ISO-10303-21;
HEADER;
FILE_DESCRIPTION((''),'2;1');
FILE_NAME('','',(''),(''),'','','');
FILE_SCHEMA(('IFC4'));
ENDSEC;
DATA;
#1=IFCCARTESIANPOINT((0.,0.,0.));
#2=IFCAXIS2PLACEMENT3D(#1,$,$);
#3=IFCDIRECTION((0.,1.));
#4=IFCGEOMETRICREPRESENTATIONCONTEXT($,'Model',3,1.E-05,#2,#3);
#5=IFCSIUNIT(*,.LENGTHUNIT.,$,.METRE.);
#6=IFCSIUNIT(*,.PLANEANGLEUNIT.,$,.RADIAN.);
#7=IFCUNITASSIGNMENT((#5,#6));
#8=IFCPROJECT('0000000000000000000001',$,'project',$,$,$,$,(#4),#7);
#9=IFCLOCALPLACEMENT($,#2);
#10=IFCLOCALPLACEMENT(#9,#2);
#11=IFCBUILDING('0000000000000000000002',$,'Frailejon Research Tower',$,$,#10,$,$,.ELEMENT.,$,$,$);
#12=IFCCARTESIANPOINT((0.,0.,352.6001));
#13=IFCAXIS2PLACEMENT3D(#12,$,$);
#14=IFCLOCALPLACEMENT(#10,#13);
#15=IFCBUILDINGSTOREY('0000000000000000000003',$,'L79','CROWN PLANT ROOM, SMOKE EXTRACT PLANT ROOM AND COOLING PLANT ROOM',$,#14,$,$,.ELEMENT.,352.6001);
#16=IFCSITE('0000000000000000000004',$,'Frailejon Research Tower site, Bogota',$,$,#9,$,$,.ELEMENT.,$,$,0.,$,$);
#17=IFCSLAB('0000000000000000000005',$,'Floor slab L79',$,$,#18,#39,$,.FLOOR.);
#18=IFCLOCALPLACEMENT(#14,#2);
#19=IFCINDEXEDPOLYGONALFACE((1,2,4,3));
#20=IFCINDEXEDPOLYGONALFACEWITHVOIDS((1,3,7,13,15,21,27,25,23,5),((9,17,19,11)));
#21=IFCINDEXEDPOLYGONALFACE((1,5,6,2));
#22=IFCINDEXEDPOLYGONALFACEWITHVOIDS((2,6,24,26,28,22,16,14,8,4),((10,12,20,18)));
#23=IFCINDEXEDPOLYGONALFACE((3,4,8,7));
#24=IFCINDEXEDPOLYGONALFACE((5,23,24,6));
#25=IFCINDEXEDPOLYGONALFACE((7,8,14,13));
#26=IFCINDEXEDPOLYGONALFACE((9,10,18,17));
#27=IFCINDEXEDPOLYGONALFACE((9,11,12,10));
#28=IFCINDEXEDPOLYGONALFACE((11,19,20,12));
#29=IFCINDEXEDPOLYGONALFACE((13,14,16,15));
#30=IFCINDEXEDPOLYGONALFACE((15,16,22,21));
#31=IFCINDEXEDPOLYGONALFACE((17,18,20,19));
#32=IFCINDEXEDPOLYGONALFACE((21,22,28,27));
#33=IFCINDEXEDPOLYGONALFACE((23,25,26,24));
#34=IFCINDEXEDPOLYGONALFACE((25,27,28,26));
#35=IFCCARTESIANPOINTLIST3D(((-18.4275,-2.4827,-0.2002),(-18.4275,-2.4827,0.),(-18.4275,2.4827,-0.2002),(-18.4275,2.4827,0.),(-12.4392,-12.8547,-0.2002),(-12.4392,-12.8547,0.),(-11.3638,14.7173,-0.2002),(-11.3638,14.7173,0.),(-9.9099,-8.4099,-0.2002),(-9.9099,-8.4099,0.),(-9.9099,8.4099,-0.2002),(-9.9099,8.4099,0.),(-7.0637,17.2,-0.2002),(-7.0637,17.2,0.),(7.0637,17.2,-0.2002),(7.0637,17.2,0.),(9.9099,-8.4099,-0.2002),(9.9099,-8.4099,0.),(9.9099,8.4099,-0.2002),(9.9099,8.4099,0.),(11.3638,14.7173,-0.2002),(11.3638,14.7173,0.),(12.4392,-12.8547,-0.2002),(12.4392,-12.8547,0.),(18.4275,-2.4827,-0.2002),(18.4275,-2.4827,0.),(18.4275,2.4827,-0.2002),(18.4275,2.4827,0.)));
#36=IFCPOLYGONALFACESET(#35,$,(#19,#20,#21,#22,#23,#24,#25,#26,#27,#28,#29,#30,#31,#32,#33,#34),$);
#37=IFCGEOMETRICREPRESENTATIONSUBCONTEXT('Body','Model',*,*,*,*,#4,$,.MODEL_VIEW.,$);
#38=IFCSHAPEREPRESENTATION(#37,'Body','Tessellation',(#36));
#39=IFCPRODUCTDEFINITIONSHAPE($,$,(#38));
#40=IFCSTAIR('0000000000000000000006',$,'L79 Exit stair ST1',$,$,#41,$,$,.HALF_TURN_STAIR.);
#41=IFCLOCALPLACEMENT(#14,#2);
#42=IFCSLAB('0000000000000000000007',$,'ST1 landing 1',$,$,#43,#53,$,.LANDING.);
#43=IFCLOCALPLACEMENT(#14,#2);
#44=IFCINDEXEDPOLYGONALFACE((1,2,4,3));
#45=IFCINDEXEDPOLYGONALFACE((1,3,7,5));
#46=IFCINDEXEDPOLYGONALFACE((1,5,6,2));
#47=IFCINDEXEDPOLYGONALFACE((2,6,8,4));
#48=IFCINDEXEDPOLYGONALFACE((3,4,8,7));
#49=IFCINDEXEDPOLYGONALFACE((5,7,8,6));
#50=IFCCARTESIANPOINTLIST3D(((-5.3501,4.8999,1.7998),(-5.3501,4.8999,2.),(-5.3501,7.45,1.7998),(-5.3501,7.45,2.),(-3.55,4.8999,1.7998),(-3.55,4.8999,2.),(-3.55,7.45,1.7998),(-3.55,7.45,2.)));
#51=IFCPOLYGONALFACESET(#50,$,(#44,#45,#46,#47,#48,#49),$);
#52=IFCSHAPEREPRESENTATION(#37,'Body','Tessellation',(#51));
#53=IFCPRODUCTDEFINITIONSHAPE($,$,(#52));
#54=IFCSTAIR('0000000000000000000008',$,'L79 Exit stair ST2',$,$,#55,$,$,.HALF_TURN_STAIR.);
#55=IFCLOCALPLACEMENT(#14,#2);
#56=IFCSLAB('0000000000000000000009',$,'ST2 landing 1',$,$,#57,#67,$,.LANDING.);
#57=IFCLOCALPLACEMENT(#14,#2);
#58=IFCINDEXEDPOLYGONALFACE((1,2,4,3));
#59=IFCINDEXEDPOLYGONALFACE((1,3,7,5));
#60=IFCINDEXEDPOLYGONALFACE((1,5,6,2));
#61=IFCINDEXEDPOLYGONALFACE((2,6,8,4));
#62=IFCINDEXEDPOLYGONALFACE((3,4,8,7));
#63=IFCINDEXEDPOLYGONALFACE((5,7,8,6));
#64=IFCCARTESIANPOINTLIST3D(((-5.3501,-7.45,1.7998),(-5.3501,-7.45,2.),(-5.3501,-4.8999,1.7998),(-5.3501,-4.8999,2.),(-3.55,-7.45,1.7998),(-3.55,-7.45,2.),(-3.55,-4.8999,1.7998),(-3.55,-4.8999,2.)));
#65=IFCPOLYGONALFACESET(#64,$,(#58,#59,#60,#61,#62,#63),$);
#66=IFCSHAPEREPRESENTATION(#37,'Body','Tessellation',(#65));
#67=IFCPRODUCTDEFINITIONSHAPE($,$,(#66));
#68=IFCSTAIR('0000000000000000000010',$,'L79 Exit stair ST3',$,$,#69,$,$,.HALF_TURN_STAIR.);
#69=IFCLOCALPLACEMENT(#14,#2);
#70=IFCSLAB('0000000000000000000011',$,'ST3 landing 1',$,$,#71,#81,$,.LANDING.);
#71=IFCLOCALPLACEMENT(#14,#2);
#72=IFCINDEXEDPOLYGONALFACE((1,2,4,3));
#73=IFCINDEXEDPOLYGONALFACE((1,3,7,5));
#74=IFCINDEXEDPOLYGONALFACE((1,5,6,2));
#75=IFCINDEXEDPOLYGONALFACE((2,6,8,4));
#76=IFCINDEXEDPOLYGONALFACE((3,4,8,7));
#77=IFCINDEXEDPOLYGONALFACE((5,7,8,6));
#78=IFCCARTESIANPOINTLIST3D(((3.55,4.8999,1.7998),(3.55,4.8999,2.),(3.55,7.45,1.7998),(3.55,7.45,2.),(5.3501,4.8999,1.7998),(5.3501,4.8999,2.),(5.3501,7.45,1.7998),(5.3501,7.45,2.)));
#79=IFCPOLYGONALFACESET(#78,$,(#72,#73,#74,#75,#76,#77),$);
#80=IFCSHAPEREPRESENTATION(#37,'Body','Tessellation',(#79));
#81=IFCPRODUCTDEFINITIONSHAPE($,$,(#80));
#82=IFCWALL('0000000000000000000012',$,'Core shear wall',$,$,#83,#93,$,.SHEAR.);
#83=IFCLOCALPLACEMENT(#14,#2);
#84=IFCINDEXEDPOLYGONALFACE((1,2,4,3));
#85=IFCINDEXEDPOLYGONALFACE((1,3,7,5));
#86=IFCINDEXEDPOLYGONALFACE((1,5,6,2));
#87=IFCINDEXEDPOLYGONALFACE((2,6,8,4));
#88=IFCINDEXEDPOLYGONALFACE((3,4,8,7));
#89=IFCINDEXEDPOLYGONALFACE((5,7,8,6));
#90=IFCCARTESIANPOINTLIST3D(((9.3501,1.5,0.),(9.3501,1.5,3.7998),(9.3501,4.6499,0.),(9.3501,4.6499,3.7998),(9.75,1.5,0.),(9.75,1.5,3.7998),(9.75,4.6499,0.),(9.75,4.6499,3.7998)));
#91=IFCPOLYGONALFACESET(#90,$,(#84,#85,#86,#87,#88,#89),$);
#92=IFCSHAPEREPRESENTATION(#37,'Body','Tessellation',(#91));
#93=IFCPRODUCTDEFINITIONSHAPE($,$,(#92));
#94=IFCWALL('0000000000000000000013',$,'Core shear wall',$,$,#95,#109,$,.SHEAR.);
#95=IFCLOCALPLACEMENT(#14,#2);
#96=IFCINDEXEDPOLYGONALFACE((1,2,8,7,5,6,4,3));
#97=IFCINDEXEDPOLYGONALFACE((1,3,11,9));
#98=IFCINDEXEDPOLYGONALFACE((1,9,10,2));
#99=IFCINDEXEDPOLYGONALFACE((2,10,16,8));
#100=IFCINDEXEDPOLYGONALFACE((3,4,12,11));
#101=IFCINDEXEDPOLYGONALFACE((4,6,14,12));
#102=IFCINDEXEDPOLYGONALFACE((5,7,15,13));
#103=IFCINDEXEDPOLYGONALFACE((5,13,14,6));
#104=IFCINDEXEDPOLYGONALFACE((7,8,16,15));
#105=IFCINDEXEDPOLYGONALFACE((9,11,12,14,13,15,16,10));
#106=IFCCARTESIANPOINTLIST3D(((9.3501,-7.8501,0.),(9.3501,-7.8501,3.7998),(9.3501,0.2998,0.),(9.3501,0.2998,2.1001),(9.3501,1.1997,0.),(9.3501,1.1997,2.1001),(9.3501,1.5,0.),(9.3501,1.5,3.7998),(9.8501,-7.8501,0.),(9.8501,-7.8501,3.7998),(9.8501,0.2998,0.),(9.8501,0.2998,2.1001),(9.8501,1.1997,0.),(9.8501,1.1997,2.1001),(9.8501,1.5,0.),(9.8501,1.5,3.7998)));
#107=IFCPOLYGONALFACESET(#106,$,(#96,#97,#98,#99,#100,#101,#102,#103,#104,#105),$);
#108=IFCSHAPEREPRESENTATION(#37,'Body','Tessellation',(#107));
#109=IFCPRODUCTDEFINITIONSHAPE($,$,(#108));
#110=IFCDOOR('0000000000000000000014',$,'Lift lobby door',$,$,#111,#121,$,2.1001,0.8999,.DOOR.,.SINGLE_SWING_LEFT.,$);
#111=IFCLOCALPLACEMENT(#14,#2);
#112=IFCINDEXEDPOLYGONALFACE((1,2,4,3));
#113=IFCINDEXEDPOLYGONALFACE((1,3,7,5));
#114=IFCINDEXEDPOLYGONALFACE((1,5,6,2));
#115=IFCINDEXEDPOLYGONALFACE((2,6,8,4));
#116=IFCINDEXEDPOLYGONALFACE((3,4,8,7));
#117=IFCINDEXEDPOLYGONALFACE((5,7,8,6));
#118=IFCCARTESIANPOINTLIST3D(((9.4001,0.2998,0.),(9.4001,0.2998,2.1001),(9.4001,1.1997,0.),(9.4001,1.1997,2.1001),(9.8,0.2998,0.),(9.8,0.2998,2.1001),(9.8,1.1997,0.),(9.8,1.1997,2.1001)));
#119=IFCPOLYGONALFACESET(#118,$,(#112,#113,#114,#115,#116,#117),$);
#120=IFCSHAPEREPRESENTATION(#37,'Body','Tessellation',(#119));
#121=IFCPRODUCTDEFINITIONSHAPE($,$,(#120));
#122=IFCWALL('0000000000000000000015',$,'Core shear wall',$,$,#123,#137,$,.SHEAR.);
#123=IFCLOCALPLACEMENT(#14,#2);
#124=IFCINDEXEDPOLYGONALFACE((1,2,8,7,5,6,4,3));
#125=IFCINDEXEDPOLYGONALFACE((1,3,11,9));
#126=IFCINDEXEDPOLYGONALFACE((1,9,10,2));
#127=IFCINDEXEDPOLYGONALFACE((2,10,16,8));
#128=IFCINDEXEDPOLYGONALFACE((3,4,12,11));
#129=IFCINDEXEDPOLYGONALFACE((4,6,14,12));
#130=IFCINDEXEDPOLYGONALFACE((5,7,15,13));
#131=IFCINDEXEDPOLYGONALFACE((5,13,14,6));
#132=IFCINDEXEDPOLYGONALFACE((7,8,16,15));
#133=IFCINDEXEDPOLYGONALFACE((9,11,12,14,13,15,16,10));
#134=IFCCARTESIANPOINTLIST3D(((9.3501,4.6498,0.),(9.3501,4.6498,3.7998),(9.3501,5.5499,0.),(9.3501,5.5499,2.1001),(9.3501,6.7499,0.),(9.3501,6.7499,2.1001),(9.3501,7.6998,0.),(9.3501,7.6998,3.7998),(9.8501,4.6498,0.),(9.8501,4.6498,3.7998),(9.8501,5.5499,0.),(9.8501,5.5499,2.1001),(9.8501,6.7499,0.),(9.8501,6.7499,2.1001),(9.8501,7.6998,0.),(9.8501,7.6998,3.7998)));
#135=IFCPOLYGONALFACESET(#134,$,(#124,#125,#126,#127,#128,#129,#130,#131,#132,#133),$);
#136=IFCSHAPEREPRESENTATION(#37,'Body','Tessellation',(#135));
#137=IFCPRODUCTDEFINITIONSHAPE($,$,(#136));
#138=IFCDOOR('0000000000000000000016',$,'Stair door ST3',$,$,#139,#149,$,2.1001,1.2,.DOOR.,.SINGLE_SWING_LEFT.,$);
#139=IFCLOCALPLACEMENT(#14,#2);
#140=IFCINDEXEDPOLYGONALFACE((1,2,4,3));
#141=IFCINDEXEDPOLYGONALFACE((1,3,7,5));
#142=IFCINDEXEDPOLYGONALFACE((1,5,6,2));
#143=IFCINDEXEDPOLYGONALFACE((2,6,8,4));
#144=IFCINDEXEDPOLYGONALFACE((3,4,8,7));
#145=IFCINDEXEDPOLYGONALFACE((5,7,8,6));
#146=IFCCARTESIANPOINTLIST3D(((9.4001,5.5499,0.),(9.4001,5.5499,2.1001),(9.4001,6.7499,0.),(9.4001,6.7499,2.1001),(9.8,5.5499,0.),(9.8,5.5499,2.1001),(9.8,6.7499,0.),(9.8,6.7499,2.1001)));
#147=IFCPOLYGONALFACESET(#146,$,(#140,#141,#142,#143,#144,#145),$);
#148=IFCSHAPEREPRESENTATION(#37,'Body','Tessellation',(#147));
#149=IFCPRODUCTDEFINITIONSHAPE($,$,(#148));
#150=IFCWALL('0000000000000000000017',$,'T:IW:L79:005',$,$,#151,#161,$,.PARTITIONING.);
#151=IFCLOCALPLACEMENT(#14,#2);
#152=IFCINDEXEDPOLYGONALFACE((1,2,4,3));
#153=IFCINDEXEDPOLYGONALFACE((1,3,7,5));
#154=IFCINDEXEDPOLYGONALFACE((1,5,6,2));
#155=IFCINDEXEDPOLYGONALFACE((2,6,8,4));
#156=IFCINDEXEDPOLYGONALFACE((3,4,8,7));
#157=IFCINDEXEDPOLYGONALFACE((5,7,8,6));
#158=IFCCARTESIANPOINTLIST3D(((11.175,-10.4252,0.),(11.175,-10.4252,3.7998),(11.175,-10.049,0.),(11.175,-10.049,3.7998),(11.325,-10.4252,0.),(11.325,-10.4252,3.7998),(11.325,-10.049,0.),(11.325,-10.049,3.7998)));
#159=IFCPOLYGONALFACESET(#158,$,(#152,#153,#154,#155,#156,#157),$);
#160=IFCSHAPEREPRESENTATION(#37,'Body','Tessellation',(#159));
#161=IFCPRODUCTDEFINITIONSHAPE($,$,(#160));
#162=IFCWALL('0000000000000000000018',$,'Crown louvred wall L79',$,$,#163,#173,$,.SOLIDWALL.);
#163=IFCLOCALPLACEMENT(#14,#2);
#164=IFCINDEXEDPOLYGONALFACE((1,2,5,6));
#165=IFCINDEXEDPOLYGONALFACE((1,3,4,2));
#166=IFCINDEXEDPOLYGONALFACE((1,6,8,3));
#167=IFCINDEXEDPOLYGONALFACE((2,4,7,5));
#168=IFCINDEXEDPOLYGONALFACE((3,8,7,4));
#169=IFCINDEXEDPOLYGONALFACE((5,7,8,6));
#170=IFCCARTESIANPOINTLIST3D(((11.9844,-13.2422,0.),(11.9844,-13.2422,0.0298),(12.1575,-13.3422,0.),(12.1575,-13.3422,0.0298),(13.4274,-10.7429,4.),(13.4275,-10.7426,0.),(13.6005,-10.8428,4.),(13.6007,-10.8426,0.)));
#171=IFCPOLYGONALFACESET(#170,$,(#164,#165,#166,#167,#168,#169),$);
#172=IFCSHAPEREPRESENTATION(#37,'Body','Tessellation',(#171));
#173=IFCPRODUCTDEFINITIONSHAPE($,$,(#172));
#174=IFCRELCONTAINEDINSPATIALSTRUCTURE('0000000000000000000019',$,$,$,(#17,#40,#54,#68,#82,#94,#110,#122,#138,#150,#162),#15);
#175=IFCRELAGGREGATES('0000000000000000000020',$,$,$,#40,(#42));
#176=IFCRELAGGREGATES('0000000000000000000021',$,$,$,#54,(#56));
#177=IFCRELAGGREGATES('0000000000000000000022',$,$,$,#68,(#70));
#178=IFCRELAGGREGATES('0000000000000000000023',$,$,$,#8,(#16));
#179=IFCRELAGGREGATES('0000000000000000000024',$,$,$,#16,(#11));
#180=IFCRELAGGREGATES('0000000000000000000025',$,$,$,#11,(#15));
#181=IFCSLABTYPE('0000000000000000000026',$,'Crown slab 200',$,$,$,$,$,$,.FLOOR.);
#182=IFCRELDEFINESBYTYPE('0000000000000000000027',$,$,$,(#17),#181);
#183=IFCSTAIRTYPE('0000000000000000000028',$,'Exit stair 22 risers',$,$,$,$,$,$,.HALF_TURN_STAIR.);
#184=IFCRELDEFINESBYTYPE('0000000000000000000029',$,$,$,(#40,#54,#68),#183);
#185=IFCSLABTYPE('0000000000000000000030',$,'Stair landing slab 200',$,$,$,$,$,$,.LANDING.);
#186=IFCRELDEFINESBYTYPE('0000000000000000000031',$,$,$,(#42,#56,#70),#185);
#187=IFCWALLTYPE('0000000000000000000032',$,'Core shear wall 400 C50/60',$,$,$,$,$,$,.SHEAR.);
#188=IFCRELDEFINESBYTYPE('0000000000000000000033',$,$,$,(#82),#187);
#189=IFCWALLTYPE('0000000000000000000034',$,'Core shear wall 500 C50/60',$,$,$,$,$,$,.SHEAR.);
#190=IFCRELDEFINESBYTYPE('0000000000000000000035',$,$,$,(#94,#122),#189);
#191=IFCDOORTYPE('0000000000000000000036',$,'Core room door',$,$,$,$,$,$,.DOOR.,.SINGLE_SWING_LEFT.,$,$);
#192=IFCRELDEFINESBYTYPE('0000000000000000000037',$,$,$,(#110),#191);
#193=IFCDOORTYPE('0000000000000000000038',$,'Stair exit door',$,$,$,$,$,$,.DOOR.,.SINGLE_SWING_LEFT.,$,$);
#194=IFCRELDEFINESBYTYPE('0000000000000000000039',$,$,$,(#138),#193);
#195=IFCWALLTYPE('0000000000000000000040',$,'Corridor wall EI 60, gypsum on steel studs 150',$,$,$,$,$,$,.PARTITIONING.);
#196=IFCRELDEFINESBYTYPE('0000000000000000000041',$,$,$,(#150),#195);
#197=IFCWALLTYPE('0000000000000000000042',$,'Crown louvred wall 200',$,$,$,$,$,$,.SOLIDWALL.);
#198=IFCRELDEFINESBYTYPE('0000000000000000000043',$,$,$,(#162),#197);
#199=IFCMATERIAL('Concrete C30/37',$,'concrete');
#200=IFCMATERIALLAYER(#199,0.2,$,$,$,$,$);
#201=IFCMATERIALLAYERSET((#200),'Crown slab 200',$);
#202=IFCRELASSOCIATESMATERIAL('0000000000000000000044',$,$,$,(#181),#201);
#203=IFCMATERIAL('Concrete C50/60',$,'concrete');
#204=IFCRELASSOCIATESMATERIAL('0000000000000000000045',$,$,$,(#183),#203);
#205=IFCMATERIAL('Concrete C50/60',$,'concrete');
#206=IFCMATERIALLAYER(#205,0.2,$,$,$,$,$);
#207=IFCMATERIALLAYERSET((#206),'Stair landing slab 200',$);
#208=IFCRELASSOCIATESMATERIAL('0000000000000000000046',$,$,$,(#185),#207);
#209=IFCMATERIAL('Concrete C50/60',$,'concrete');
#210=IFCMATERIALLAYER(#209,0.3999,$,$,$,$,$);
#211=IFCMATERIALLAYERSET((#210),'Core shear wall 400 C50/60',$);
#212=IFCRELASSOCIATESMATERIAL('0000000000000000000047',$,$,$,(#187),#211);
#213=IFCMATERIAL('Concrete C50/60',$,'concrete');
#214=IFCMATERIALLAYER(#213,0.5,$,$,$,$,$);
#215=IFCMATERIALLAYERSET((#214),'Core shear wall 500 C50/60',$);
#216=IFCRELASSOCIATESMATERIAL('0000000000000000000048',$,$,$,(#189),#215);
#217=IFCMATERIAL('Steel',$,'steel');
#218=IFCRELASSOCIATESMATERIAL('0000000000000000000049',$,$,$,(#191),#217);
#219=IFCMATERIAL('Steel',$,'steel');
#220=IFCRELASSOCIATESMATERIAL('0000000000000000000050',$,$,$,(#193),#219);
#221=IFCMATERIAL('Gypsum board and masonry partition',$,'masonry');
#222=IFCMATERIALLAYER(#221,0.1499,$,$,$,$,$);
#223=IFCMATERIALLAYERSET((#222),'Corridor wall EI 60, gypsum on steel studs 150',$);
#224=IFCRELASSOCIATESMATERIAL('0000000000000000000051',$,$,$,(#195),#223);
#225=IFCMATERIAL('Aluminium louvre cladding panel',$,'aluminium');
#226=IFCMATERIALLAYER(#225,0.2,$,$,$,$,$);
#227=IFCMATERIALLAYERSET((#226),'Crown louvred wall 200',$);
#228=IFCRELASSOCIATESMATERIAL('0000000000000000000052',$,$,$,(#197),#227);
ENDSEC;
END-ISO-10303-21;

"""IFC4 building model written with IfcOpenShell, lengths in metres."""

from ifc_helpers import new_model, si_unit, direction, frame, frame_2d, origin, place, context, subcontext, project, spatial, polyline, rectangle, outline, extrude, material, layer, layer_set, type_object, element, fill, aggregate, save


model = new_model("IFC4")

# Units and contexts
model_context = context("Model", 3, precision=1e-05, world=origin(), true_north=direction((0.0, 1.0)))
body_context = subcontext(model_context, "Body", "Model", "MODEL_VIEW")
ifc_project = project(units=[si_unit("LENGTHUNIT", "METRE"), si_unit("PLANEANGLEUNIT", "RADIAN")], contexts=[model_context])

# Site, building, storey
site_placement = place(None, origin())
site = spatial("IfcSite", under=ifc_project, at=site_placement, Name="Frailejon Research Tower site, Bogota", CompositionType="ELEMENT", RefElevation=0.0)
building_placement = place(site_placement, origin())
building = spatial("IfcBuilding", under=site, at=building_placement, Name="Frailejon Research Tower", CompositionType="ELEMENT")
storey_placement = place(building_placement, frame((0.0, 0.0, 352.6001)))
storey = spatial("IfcBuildingStorey", under=building, at=storey_placement, Name="L79", Description="CROWN PLANT ROOM, SMOKE EXTRACT PLANT ROOM AND COOLING PLANT ROOM", CompositionType="ELEMENT", Elevation=352.6001)

# Slab
ifc_material_1 = material(Name="Concrete C30/37", Category="concrete")
ifc_layer_1 = layer(ifc_material_1, 0.2)
ifc_layer_set_1 = layer_set([ifc_layer_1], Name="Crown slab 200")
slab_type_1 = type_object("IfcSlabType", Name="Crown slab 200", PredefinedType="FLOOR", material=ifc_layer_set_1)
slab_1_placement = place(storey_placement, frame((0.0, 0.0, -0.2002)))
element("IfcSlab", 1, at=slab_1_placement, inside=storey, type_object=slab_type_1, Name="Floor slab L79", PredefinedType="FLOOR", context=body_context, shape_type="SweptSolid", body=[
    extrude(outline(polyline([(-11.3638, 14.7173), (-18.4275, 2.4827), (-18.4275, -2.4827), (-12.4392, -12.8547), (12.4392, -12.8547), (18.4275, -2.4827), (18.4275, 2.4827), (11.3638, 14.7173), (7.0637, 17.2), (-7.0637, 17.2), (-11.3638, 14.7173)]), holes=[polyline([(9.9099, 8.4099), (9.9099, -8.4099), (-9.9099, -8.4099), (-9.9099, 8.4099), (9.9099, 8.4099)])]), origin(), (0.0, 0.0, 1.0), 0.2002),
])

# Stairs, slabs
ifc_material_2 = material(Name="Concrete C50/60", Category="concrete")
stair_type = type_object("IfcStairType", Name="Exit stair 22 risers", PredefinedType="HALF_TURN_STAIR", material=ifc_material_2)
stair_1_placement = place(storey_placement, origin())
stair_1 = element("IfcStair", 2, at=stair_1_placement, inside=storey, type_object=stair_type, Name="L79 Exit stair ST1", PredefinedType="HALF_TURN_STAIR")
ifc_material_3 = material(Name="Concrete C50/60", Category="concrete")
ifc_layer_2 = layer(ifc_material_3, 0.2)
ifc_layer_set_2 = layer_set([ifc_layer_2], Name="Stair landing slab 200")
slab_type_2 = type_object("IfcSlabType", Name="Stair landing slab 200", PredefinedType="LANDING", material=ifc_layer_set_2)
slab_2_placement = place(storey_placement, frame((0.0, 0.0, 1.7998)))
slab_2 = element("IfcSlab", 3, at=slab_2_placement, type_object=slab_type_2, Name="ST1 landing 1", PredefinedType="LANDING", context=body_context, shape_type="SweptSolid", body=[
    extrude(outline(polyline([(-5.3501, 4.8999), (-3.55, 4.8999), (-3.55, 7.45), (-5.3501, 7.45), (-5.3501, 4.8999)])), origin(), (0.0, 0.0, 1.0), 0.2002),
])
aggregate(stair_1, [slab_2])
stair_2_placement = place(storey_placement, origin())
stair_2 = element("IfcStair", 4, at=stair_2_placement, inside=storey, type_object=stair_type, Name="L79 Exit stair ST2", PredefinedType="HALF_TURN_STAIR")
slab_3_placement = place(storey_placement, frame((0.0, 0.0, 1.7998)))
slab_3 = element("IfcSlab", 5, at=slab_3_placement, type_object=slab_type_2, Name="ST2 landing 1", PredefinedType="LANDING", context=body_context, shape_type="SweptSolid", body=[
    extrude(outline(polyline([(-5.3501, -7.45), (-3.55, -7.45), (-3.55, -4.8999), (-5.3501, -4.8999), (-5.3501, -7.45)])), origin(), (0.0, 0.0, 1.0), 0.2002),
])
aggregate(stair_2, [slab_3])
stair_3_placement = place(storey_placement, origin())
stair_3 = element("IfcStair", 6, at=stair_3_placement, inside=storey, type_object=stair_type, Name="L79 Exit stair ST3", PredefinedType="HALF_TURN_STAIR")
slab_4_placement = place(storey_placement, frame((0.0, 0.0, 1.7998)))
slab_4 = element("IfcSlab", 7, at=slab_4_placement, type_object=slab_type_2, Name="ST3 landing 1", PredefinedType="LANDING", context=body_context, shape_type="SweptSolid", body=[
    extrude(outline(polyline([(5.3501, 7.45), (3.55, 7.45), (3.55, 4.8999), (5.3501, 4.8999), (5.3501, 7.45)])), origin(), (0.0, 0.0, 1.0), 0.2002),
])

# Wall
ifc_material_4 = material(Name="Concrete C50/60", Category="concrete")
ifc_layer_3 = layer(ifc_material_4, 0.3999)
ifc_layer_set_3 = layer_set([ifc_layer_3], Name="Core shear wall 400 C50/60")
wall_type_1 = type_object("IfcWallType", Name="Core shear wall 400 C50/60", PredefinedType="SHEAR", material=ifc_layer_set_3)
wall_1_placement = place(storey_placement, frame((9.55, 1.5, 0.0), z_axis=(0.0, 0.0, 1.0), x_axis=(0.0, 1.0, 0.0)))
element("IfcWall", 8, at=wall_1_placement, inside=storey, type_object=wall_type_1, Name="Core shear wall", PredefinedType="SHEAR", context=body_context, shape_type="SweptSolid", body=[
    extrude(rectangle(XDim=3.1499, YDim=0.3999, at=frame_2d((1.575, 0.0))), origin(), (0.0, 0.0, 1.0), 3.7998),
])

# Walls, openings, doors
ifc_material_5 = material(Name="Concrete C50/60", Category="concrete")
ifc_layer_4 = layer(ifc_material_5, 0.5)
ifc_layer_set_4 = layer_set([ifc_layer_4], Name="Core shear wall 500 C50/60")
wall_type_2 = type_object("IfcWallType", Name="Core shear wall 500 C50/60", PredefinedType="SHEAR", material=ifc_layer_set_4)
wall_2_placement = place(storey_placement, frame((9.6001, -7.8501, 0.0), z_axis=(0.0, 0.0, 1.0), x_axis=(0.0, 1.0, 0.0)))
wall_2 = element("IfcWall", 9, at=wall_2_placement, inside=storey, type_object=wall_type_2, Name="Core shear wall", PredefinedType="SHEAR", context=body_context, shape_type="SweptSolid", body=[
    extrude(rectangle(XDim=9.3501, YDim=0.5, at=frame_2d((4.675, 0.0))), origin(), (0.0, 0.0, 1.0), 3.7998),
])
opening_1_placement = place(wall_2_placement, frame((8.1499, 0.0, 0.0)))
opening_1 = element("IfcOpeningElement", 10, at=opening_1_placement, cuts=wall_2, PredefinedType="OPENING", context=body_context, shape_type="SweptSolid", body=[
    extrude(rectangle(XDim=0.8999, YDim=2.1001, at=frame_2d((0.45, 1.05))), frame((0.0, 0.26, 0.0), z_axis=(0.0, -1.0, 0.0), x_axis=(1.0, 0.0, 0.0)), (0.0, 0.0, 1.0), 0.52),
])
ifc_material_6 = material(Name="Steel", Category="steel")
door_type_1 = type_object("IfcDoorType", Name="Core room door", OperationType="SINGLE_SWING_LEFT", PredefinedType="DOOR", material=ifc_material_6)
door_1_placement = place(opening_1_placement, origin())
door_1 = element("IfcDoor", 11, at=door_1_placement, inside=storey, type_object=door_type_1, Name="Lift lobby door", OperationType="SINGLE_SWING_LEFT", OverallHeight=2.1001, OverallWidth=0.8999, PredefinedType="DOOR", context=body_context, shape_type="SweptSolid", body=[
    extrude(rectangle(XDim=0.8999, YDim=2.1001, at=frame_2d((0.45, 1.05))), frame((0.0, 0.2, 0.0), z_axis=(0.0, -1.0, 0.0), x_axis=(1.0, 0.0, 0.0)), (0.0, 0.0, 1.0), 0.3999),
])
fill(opening_1, door_1)
wall_3_placement = place(storey_placement, frame((9.6001, 4.6499, 0.0), z_axis=(0.0, 0.0, 1.0), x_axis=(0.0, 1.0, 0.0)))
wall_3 = element("IfcWall", 12, at=wall_3_placement, inside=storey, type_object=wall_type_2, Name="Core shear wall", PredefinedType="SHEAR", context=body_context, shape_type="SweptSolid", body=[
    extrude(rectangle(XDim=3.05, YDim=0.5, at=frame_2d((1.5249, 0.0))), origin(), (0.0, 0.0, 1.0), 3.7998),
])
opening_2_placement = place(wall_3_placement, frame((0.8999, 0.0, 0.0)))
opening_2 = element("IfcOpeningElement", 13, at=opening_2_placement, cuts=wall_3, PredefinedType="OPENING", context=body_context, shape_type="SweptSolid", body=[
    extrude(rectangle(XDim=1.2, YDim=2.1001, at=frame_2d((0.6001, 1.05))), frame((0.0, 0.26, 0.0), z_axis=(0.0, -1.0, 0.0), x_axis=(1.0, 0.0, 0.0)), (0.0, 0.0, 1.0), 0.52),
])
ifc_material_7 = material(Name="Steel", Category="steel")
door_type_2 = type_object("IfcDoorType", Name="Stair exit door", OperationType="SINGLE_SWING_LEFT", PredefinedType="DOOR", material=ifc_material_7)
door_2_placement = place(opening_2_placement, origin())
door_2 = element("IfcDoor", 14, at=door_2_placement, inside=storey, type_object=door_type_2, Name="Stair door ST3", OperationType="SINGLE_SWING_LEFT", OverallHeight=2.1001, OverallWidth=1.2, PredefinedType="DOOR", context=body_context, shape_type="SweptSolid", body=[
    extrude(rectangle(XDim=1.2, YDim=2.1001, at=frame_2d((0.6001, 1.05))), frame((0.0, 0.2, 0.0), z_axis=(0.0, -1.0, 0.0), x_axis=(1.0, 0.0, 0.0)), (0.0, 0.0, 1.0), 0.3999),
])
fill(opening_2, door_2)

# Walls
ifc_material_8 = material(Name="Gypsum board and masonry partition", Category="masonry")
ifc_layer_5 = layer(ifc_material_8, 0.1499)
ifc_layer_set_5 = layer_set([ifc_layer_5], Name="Corridor wall EI 60, gypsum on steel studs 150")
wall_type_3 = type_object("IfcWallType", Name="Corridor wall EI 60, gypsum on steel studs 150", PredefinedType="PARTITIONING", material=ifc_layer_set_5)
wall_4_placement = place(storey_placement, frame((11.25, -10.425, 0.0), z_axis=(0.0, 0.0, 1.0), x_axis=(0.0, 1.0, 0.0)))
element("IfcWall", 15, at=wall_4_placement, inside=storey, type_object=wall_type_3, Name="T:IW:L79:005", PredefinedType="PARTITIONING", context=body_context, shape_type="SweptSolid", body=[
    extrude(rectangle(XDim=0.3762, YDim=0.1499, at=frame_2d((0.188, 0.0))), origin(), (0.0, 0.0, 1.0), 3.7998),
])
ifc_material_9 = material(Name="Aluminium louvre cladding panel", Category="aluminium")
ifc_layer_6 = layer(ifc_material_9, 0.2)
ifc_layer_set_6 = layer_set([ifc_layer_6], Name="Crown louvred wall 200")
wall_type_4 = type_object("IfcWallType", Name="Crown louvred wall 200", PredefinedType="SOLIDWALL", material=ifc_layer_set_6)
wall_5_placement = place(storey_placement, frame((12.071, -13.2922, 0.0), z_axis=(0.0, 0.0, 1.0), x_axis=(0.500006, 0.866022, 0.0)))
element("IfcWall", 16, at=wall_5_placement, inside=storey, type_object=wall_type_4, Name="Crown louvred wall L79", PredefinedType="SOLIDWALL", context=body_context, shape_type="SweptSolid", body=[
    extrude(outline(polyline([(0.0, 0.0), (2.8862, 0.0), (2.886, 4.0), (0.0, 0.0298), (0.0, 0.0)])), frame((0.0, 0.1001, 0.0), z_axis=(0.0, -1.0, 0.0), x_axis=(1.0, 0.0, 0.0)), (0.0, 0.0, 1.0), 0.2),
])

aggregate(stair_3, [slab_4])

save(model, "model.ifc")
